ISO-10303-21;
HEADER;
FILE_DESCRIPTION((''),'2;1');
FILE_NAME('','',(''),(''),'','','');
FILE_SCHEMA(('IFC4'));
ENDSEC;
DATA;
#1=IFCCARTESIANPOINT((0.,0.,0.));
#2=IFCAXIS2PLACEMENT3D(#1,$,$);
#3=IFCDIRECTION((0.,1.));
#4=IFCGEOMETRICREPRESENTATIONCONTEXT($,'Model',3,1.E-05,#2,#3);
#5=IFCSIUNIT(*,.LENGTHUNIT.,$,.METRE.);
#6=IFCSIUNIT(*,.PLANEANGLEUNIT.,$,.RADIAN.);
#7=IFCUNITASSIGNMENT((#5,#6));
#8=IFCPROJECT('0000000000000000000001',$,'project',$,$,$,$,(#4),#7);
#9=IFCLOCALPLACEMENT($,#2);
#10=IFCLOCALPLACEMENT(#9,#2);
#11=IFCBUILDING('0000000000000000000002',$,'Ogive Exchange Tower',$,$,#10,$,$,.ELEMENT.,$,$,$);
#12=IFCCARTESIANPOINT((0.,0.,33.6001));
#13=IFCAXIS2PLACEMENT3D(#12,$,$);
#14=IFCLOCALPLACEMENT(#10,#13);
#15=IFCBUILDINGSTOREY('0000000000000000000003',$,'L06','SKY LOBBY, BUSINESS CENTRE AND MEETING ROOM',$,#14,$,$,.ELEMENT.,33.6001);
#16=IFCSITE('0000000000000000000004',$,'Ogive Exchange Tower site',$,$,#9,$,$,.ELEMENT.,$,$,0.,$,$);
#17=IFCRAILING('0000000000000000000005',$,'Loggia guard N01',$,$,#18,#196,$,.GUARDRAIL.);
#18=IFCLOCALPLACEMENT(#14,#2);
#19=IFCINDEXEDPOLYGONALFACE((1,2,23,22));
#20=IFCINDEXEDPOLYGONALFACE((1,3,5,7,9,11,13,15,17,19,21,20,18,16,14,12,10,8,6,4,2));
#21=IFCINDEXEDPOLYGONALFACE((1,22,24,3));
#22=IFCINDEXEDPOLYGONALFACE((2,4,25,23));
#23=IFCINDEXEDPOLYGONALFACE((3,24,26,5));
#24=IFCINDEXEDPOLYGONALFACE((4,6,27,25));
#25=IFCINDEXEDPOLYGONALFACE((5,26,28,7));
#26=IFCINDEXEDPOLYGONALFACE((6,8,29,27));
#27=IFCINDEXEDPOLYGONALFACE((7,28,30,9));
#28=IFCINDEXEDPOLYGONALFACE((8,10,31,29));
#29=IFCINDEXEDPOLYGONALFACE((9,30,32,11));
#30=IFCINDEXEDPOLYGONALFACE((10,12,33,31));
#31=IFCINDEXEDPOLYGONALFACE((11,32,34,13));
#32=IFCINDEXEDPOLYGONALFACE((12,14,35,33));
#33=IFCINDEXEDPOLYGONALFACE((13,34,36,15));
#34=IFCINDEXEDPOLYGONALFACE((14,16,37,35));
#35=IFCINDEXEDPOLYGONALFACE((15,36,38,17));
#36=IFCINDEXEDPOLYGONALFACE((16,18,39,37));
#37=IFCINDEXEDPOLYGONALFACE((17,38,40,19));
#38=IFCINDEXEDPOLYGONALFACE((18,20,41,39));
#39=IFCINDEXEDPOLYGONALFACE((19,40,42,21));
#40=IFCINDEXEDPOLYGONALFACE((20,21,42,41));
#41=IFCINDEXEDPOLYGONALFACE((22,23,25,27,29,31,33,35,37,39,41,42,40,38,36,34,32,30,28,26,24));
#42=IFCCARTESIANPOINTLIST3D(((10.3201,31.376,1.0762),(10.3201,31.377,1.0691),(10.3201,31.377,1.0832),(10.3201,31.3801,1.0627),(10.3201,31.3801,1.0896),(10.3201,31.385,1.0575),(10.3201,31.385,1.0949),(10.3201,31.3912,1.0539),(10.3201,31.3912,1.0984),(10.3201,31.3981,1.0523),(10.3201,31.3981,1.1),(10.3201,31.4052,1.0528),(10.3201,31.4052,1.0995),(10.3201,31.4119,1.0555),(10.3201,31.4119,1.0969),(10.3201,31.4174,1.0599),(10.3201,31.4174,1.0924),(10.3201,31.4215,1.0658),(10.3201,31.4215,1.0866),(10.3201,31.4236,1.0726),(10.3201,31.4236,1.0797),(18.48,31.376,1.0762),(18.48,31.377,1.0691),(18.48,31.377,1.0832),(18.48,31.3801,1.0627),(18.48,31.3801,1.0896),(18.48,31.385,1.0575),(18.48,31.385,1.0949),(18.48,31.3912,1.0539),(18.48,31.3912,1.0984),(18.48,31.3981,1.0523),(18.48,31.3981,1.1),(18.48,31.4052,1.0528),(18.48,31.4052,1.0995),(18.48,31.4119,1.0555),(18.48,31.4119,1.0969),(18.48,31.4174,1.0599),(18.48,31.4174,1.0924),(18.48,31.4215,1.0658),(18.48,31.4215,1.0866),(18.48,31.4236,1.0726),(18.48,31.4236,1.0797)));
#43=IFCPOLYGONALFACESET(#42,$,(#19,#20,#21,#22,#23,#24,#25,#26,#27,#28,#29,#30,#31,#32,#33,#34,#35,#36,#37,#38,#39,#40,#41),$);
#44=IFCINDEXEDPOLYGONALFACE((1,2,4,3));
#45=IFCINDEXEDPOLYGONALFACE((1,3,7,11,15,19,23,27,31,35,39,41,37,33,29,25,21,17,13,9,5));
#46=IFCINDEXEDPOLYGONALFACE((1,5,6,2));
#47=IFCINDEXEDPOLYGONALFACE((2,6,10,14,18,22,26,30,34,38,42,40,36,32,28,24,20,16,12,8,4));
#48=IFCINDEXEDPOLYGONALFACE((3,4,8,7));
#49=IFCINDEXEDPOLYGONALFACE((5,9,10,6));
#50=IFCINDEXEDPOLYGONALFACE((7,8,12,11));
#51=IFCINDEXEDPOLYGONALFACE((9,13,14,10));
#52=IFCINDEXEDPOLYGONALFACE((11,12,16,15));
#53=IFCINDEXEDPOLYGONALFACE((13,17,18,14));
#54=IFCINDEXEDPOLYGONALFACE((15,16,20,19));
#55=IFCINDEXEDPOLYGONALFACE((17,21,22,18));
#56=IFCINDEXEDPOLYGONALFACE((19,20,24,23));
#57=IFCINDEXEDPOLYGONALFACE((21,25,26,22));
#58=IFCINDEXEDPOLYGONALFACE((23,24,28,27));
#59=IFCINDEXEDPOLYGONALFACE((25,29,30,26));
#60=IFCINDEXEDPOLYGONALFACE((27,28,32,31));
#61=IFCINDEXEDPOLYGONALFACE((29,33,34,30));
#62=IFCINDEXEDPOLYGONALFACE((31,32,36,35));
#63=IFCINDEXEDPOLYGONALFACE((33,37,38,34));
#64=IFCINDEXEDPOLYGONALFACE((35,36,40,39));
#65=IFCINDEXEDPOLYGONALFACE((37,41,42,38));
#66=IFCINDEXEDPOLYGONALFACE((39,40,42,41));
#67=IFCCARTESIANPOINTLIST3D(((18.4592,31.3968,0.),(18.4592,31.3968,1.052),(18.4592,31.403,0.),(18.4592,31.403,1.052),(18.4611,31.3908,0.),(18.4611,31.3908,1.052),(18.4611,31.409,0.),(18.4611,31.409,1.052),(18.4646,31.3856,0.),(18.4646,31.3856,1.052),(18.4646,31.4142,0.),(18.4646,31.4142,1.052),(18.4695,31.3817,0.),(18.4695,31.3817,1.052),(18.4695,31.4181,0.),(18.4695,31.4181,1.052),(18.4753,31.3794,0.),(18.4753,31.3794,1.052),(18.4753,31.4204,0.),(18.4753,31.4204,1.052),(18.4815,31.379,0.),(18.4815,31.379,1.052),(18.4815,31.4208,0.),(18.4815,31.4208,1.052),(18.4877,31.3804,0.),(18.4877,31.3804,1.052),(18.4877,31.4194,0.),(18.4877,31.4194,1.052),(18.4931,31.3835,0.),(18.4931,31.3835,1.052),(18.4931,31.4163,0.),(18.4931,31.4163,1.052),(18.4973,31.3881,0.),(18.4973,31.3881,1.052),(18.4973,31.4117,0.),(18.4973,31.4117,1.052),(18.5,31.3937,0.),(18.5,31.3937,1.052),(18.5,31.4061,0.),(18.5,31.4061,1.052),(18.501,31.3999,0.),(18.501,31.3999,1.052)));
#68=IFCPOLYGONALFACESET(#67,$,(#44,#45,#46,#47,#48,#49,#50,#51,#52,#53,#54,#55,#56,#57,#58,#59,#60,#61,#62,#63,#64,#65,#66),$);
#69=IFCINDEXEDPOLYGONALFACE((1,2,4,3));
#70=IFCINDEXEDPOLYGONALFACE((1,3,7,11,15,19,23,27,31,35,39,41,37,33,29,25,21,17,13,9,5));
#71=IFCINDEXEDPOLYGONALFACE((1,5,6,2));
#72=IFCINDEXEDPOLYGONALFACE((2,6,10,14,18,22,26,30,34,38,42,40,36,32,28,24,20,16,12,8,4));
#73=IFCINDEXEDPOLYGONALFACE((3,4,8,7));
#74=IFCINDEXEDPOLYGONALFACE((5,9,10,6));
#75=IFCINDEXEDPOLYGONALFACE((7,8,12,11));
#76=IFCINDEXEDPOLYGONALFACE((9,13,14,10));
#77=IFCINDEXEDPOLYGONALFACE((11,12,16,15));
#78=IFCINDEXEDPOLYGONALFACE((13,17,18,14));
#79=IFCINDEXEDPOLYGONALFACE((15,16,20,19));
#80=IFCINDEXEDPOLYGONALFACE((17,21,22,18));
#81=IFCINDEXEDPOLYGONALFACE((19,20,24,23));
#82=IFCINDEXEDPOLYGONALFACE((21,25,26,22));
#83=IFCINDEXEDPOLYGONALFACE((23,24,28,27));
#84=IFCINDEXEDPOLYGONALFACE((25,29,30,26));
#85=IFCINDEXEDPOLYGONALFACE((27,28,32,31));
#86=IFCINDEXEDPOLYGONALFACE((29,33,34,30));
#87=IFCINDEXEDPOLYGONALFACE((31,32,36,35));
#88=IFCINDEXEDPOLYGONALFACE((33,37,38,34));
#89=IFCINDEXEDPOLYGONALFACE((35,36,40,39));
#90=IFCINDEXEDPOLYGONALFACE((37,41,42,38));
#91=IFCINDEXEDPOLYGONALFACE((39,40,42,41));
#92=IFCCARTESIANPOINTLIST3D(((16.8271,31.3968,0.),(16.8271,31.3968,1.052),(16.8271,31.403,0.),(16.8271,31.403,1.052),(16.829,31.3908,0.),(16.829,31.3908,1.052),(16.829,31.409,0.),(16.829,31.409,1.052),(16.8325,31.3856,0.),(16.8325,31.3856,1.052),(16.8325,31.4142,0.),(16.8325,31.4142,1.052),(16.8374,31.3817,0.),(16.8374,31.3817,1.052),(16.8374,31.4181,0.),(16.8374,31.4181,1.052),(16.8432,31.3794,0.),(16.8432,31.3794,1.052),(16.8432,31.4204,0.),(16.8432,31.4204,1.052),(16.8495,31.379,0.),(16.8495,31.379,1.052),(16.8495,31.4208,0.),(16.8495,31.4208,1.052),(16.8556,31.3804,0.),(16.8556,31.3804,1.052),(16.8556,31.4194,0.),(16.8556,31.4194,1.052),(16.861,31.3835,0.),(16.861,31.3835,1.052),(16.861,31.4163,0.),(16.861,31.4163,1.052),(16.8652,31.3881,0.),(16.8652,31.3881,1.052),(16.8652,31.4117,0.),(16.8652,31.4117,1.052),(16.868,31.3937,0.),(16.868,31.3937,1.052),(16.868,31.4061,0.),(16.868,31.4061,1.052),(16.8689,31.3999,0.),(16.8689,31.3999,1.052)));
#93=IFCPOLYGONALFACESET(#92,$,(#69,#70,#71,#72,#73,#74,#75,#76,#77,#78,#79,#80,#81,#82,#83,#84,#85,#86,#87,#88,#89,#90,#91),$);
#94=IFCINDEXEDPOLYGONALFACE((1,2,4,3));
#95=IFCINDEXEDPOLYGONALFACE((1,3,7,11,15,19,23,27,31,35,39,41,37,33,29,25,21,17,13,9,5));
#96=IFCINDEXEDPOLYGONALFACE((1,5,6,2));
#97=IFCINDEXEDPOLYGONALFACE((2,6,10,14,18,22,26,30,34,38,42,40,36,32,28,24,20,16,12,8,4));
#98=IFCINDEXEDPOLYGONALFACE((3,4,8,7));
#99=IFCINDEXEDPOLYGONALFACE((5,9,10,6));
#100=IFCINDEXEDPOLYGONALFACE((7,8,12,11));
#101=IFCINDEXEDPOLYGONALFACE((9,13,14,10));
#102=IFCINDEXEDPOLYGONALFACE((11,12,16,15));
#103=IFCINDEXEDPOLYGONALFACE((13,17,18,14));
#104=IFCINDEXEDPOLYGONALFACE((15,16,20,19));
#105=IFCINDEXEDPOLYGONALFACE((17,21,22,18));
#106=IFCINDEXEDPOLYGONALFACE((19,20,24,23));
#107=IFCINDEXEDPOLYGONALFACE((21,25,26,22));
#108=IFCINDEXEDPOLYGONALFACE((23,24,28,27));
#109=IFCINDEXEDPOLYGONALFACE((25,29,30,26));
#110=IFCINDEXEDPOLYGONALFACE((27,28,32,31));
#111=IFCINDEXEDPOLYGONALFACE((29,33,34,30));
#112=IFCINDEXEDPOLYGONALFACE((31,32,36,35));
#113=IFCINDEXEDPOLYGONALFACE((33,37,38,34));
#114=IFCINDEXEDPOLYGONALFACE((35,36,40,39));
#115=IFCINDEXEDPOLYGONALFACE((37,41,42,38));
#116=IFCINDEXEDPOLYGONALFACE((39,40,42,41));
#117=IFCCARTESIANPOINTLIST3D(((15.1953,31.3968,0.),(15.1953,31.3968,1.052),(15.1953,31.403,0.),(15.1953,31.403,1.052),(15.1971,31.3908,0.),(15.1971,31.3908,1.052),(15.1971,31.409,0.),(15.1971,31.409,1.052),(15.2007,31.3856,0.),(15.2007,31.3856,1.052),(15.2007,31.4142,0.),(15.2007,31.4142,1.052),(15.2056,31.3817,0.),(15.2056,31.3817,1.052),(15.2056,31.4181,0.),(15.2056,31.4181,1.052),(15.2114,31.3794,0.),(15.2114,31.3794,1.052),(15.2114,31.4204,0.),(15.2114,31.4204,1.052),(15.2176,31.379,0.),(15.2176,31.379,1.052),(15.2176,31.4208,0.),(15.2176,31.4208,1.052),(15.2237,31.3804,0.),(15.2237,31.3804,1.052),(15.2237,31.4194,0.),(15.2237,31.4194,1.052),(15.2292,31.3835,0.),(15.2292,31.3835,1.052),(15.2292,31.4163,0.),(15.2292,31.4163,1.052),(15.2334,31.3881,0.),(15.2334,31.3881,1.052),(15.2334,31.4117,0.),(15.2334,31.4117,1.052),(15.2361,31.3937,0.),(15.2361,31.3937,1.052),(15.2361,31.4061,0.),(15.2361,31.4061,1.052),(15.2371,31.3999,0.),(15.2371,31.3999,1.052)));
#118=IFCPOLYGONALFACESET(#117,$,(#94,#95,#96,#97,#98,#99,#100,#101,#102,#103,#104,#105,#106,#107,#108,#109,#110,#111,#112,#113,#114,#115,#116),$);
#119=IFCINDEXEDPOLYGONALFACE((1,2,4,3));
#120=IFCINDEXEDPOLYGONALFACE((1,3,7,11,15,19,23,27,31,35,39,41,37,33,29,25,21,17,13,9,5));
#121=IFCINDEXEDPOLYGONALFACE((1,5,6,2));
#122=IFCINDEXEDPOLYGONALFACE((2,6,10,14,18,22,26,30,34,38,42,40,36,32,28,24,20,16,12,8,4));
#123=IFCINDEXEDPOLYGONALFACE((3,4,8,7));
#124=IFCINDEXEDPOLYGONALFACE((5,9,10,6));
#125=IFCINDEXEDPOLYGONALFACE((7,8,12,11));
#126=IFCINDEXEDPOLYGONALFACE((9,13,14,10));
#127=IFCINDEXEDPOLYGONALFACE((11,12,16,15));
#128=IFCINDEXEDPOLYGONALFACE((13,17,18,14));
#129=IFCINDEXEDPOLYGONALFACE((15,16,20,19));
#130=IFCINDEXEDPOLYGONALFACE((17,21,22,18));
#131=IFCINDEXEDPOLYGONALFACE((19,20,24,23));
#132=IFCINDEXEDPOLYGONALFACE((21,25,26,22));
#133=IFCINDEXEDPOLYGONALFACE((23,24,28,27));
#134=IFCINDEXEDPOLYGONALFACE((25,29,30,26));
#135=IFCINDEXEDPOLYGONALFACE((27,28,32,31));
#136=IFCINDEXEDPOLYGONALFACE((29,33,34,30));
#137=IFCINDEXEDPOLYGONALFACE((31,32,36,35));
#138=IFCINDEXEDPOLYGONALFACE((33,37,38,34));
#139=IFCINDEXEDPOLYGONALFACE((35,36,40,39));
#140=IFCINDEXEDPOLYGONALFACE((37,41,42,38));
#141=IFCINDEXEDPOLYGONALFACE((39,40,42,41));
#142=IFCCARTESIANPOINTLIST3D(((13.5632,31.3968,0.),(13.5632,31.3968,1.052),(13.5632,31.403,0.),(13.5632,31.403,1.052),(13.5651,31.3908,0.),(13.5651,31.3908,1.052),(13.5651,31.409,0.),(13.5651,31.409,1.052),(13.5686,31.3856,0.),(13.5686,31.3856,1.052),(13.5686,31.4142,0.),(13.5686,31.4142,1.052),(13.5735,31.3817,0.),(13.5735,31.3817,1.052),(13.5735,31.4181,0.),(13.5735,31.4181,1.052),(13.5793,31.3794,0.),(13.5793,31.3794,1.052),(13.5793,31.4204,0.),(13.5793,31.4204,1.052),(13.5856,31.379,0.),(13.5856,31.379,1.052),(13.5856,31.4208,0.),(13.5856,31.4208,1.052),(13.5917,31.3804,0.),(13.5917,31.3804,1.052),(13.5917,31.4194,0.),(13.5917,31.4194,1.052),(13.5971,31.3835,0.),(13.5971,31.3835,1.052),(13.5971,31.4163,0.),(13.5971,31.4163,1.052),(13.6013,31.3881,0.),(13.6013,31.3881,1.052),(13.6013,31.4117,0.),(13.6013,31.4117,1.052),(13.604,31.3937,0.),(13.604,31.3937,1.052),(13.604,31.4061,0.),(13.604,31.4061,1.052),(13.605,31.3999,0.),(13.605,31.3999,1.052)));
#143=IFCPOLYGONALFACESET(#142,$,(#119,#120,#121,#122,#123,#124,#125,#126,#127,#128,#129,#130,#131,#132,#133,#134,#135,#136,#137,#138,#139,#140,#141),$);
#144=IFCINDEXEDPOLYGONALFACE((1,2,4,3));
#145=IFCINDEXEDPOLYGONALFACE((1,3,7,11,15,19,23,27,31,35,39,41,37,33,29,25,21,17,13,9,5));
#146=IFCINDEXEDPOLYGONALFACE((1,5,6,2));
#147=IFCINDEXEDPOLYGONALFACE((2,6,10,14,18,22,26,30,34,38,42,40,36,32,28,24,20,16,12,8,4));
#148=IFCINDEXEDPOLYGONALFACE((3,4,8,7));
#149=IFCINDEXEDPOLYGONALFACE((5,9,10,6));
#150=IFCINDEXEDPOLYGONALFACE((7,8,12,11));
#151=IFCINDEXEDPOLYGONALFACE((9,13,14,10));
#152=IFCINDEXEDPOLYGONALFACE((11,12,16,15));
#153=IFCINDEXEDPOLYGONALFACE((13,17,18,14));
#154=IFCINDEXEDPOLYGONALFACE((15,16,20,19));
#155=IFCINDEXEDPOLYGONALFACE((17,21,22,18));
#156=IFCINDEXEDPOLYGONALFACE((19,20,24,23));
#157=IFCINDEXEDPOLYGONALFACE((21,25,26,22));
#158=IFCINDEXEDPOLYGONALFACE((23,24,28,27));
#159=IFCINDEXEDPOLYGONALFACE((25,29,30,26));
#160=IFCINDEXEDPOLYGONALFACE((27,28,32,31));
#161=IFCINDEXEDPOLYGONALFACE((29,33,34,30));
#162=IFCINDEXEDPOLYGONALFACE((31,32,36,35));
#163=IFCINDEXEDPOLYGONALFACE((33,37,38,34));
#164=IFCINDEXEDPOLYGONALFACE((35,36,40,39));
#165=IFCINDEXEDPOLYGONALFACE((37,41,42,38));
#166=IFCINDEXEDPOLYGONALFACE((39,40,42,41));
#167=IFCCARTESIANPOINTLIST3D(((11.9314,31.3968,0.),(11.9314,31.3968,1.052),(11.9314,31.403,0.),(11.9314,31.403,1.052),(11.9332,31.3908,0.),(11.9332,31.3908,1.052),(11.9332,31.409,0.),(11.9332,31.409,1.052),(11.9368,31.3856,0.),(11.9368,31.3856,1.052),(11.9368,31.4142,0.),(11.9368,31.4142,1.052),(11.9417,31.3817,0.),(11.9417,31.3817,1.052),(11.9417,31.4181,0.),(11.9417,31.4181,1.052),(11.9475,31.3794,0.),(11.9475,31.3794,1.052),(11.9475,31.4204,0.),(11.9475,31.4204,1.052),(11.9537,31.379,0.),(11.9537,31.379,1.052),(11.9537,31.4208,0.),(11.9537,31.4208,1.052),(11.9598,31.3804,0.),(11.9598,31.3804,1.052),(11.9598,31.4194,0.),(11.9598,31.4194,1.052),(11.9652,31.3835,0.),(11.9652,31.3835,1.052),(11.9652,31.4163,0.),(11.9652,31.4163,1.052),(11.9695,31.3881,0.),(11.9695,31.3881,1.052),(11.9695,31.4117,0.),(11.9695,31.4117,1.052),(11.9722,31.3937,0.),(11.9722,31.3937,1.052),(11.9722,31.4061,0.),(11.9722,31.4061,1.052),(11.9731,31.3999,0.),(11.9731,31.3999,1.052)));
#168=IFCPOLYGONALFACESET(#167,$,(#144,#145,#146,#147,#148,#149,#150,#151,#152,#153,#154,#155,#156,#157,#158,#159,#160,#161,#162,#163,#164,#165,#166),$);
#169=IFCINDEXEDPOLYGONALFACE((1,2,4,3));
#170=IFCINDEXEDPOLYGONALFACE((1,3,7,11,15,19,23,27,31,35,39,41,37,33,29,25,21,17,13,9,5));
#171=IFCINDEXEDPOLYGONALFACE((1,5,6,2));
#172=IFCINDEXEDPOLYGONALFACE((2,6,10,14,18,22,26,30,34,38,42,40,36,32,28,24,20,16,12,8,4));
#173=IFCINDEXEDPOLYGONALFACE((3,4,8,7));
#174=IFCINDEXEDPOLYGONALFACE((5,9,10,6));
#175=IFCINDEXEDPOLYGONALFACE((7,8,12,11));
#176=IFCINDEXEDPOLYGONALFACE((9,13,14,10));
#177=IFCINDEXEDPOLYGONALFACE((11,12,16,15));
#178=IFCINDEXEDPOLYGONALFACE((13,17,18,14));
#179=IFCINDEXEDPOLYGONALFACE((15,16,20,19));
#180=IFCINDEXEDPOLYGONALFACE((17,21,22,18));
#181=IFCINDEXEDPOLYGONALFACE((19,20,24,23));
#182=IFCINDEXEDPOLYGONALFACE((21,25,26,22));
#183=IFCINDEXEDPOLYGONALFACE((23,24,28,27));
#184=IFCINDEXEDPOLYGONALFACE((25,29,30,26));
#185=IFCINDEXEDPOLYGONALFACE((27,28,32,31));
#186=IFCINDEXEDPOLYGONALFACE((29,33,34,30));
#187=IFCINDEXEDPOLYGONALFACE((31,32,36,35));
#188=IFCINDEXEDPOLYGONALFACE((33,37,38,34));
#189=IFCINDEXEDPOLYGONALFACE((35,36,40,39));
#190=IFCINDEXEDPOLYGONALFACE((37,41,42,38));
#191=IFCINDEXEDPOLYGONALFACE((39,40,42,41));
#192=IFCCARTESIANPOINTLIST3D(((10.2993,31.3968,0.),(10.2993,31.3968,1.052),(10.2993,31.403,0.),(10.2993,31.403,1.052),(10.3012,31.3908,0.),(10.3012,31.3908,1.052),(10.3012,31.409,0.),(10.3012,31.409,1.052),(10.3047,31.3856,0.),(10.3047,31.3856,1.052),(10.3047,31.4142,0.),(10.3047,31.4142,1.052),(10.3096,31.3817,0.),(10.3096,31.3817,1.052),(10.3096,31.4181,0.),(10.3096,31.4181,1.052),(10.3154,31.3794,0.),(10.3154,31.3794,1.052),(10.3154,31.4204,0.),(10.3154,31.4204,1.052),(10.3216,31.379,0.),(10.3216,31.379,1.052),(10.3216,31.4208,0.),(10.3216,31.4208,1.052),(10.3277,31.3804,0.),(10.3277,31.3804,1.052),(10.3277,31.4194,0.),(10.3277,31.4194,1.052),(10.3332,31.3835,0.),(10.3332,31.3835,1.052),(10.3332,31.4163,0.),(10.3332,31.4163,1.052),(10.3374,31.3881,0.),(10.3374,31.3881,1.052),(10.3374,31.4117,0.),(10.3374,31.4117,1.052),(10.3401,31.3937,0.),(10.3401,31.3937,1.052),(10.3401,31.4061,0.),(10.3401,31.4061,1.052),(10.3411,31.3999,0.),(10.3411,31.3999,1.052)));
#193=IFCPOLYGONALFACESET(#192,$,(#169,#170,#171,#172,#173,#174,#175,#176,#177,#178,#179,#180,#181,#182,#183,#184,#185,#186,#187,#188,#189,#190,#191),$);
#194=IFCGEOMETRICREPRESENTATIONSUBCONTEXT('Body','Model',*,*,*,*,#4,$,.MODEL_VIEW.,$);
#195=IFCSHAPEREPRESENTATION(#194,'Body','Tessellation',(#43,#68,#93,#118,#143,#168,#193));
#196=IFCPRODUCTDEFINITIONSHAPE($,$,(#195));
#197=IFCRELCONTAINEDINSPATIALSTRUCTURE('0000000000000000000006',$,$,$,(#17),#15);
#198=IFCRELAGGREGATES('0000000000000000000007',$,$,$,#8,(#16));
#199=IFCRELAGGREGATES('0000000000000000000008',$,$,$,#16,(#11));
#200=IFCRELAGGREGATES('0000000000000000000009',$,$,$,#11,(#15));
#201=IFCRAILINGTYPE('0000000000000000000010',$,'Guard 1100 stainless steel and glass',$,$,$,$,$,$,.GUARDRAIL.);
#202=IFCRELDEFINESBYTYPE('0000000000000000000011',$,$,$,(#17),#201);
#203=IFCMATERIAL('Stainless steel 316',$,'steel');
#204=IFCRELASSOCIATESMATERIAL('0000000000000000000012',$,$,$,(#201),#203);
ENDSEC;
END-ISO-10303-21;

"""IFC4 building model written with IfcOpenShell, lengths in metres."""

from ifc_helpers import new_model, si_unit, direction, frame, origin, origin_2d, place, context, subcontext, project, spatial, circle, extrude, material, type_object, element, save


model = new_model("IFC4")

# Units and contexts
model_context = context("Model", 3, precision=1e-05, world=origin(), true_north=direction((0.0, 1.0)))
body_context = subcontext(model_context, "Body", "Model", "MODEL_VIEW")
ifc_project = project(units=[si_unit("LENGTHUNIT", "METRE"), si_unit("PLANEANGLEUNIT", "RADIAN")], contexts=[model_context])

# Site, building, storey
site_placement = place(None, origin())
site = spatial("IfcSite", under=ifc_project, at=site_placement, Name="Ogive Exchange Tower site", CompositionType="ELEMENT", RefElevation=0.0)
building_placement = place(site_placement, origin())
building = spatial("IfcBuilding", under=site, at=building_placement, Name="Ogive Exchange Tower", CompositionType="ELEMENT")
storey_placement = place(building_placement, frame((0.0, 0.0, 33.6001)))
storey = spatial("IfcBuildingStorey", under=building, at=storey_placement, Name="L06", Description="SKY LOBBY, BUSINESS CENTRE AND MEETING ROOM", CompositionType="ELEMENT", Elevation=33.6001)

# Railing
ifc_material_1 = material(Name="Stainless steel 316", Category="steel")
railing_type_1 = type_object("IfcRailingType", Name="Guard 1100 stainless steel and glass", PredefinedType="GUARDRAIL", material=ifc_material_1)
railing_1_placement = place(storey_placement, frame((18.48, 31.3999, 0.0)))
element("IfcRailing", 1, at=railing_1_placement, inside=storey, type_object=railing_type_1, Name="Loggia guard N01", PredefinedType="GUARDRAIL", context=body_context, shape_type="SweptSolid", body=[
    extrude(circle(Radius=0.0239, at=origin_2d()), frame((0.0, 0.0, 1.0762), z_axis=(-1.0, 0.0, 0.0), x_axis=(0.0, -1.0, 0.0)), (0.0, 0.0, 1.0), 8.1599),
    extrude(circle(Radius=0.021, at=origin_2d()), origin(), (0.0, 0.0, 1.0), 1.052),
    extrude(circle(Radius=0.021, at=origin_2d()), frame((-1.6321, 0.0, 0.0)), (0.0, 0.0, 1.0), 1.052),
    extrude(circle(Radius=0.021, at=origin_2d()), frame((-3.2639, 0.0, 0.0)), (0.0, 0.0, 1.0), 1.052),
    extrude(circle(Radius=0.021, at=origin_2d()), frame((-4.896, 0.0, 0.0)), (0.0, 0.0, 1.0), 1.052),
    extrude(circle(Radius=0.021, at=origin_2d()), frame((-6.5278, 0.0, 0.0)), (0.0, 0.0, 1.0), 1.052),
    extrude(circle(Radius=0.021, at=origin_2d()), frame((-8.1599, 0.0, 0.0)), (0.0, 0.0, 1.0), 1.052),
])

save(model, "model.ifc")
